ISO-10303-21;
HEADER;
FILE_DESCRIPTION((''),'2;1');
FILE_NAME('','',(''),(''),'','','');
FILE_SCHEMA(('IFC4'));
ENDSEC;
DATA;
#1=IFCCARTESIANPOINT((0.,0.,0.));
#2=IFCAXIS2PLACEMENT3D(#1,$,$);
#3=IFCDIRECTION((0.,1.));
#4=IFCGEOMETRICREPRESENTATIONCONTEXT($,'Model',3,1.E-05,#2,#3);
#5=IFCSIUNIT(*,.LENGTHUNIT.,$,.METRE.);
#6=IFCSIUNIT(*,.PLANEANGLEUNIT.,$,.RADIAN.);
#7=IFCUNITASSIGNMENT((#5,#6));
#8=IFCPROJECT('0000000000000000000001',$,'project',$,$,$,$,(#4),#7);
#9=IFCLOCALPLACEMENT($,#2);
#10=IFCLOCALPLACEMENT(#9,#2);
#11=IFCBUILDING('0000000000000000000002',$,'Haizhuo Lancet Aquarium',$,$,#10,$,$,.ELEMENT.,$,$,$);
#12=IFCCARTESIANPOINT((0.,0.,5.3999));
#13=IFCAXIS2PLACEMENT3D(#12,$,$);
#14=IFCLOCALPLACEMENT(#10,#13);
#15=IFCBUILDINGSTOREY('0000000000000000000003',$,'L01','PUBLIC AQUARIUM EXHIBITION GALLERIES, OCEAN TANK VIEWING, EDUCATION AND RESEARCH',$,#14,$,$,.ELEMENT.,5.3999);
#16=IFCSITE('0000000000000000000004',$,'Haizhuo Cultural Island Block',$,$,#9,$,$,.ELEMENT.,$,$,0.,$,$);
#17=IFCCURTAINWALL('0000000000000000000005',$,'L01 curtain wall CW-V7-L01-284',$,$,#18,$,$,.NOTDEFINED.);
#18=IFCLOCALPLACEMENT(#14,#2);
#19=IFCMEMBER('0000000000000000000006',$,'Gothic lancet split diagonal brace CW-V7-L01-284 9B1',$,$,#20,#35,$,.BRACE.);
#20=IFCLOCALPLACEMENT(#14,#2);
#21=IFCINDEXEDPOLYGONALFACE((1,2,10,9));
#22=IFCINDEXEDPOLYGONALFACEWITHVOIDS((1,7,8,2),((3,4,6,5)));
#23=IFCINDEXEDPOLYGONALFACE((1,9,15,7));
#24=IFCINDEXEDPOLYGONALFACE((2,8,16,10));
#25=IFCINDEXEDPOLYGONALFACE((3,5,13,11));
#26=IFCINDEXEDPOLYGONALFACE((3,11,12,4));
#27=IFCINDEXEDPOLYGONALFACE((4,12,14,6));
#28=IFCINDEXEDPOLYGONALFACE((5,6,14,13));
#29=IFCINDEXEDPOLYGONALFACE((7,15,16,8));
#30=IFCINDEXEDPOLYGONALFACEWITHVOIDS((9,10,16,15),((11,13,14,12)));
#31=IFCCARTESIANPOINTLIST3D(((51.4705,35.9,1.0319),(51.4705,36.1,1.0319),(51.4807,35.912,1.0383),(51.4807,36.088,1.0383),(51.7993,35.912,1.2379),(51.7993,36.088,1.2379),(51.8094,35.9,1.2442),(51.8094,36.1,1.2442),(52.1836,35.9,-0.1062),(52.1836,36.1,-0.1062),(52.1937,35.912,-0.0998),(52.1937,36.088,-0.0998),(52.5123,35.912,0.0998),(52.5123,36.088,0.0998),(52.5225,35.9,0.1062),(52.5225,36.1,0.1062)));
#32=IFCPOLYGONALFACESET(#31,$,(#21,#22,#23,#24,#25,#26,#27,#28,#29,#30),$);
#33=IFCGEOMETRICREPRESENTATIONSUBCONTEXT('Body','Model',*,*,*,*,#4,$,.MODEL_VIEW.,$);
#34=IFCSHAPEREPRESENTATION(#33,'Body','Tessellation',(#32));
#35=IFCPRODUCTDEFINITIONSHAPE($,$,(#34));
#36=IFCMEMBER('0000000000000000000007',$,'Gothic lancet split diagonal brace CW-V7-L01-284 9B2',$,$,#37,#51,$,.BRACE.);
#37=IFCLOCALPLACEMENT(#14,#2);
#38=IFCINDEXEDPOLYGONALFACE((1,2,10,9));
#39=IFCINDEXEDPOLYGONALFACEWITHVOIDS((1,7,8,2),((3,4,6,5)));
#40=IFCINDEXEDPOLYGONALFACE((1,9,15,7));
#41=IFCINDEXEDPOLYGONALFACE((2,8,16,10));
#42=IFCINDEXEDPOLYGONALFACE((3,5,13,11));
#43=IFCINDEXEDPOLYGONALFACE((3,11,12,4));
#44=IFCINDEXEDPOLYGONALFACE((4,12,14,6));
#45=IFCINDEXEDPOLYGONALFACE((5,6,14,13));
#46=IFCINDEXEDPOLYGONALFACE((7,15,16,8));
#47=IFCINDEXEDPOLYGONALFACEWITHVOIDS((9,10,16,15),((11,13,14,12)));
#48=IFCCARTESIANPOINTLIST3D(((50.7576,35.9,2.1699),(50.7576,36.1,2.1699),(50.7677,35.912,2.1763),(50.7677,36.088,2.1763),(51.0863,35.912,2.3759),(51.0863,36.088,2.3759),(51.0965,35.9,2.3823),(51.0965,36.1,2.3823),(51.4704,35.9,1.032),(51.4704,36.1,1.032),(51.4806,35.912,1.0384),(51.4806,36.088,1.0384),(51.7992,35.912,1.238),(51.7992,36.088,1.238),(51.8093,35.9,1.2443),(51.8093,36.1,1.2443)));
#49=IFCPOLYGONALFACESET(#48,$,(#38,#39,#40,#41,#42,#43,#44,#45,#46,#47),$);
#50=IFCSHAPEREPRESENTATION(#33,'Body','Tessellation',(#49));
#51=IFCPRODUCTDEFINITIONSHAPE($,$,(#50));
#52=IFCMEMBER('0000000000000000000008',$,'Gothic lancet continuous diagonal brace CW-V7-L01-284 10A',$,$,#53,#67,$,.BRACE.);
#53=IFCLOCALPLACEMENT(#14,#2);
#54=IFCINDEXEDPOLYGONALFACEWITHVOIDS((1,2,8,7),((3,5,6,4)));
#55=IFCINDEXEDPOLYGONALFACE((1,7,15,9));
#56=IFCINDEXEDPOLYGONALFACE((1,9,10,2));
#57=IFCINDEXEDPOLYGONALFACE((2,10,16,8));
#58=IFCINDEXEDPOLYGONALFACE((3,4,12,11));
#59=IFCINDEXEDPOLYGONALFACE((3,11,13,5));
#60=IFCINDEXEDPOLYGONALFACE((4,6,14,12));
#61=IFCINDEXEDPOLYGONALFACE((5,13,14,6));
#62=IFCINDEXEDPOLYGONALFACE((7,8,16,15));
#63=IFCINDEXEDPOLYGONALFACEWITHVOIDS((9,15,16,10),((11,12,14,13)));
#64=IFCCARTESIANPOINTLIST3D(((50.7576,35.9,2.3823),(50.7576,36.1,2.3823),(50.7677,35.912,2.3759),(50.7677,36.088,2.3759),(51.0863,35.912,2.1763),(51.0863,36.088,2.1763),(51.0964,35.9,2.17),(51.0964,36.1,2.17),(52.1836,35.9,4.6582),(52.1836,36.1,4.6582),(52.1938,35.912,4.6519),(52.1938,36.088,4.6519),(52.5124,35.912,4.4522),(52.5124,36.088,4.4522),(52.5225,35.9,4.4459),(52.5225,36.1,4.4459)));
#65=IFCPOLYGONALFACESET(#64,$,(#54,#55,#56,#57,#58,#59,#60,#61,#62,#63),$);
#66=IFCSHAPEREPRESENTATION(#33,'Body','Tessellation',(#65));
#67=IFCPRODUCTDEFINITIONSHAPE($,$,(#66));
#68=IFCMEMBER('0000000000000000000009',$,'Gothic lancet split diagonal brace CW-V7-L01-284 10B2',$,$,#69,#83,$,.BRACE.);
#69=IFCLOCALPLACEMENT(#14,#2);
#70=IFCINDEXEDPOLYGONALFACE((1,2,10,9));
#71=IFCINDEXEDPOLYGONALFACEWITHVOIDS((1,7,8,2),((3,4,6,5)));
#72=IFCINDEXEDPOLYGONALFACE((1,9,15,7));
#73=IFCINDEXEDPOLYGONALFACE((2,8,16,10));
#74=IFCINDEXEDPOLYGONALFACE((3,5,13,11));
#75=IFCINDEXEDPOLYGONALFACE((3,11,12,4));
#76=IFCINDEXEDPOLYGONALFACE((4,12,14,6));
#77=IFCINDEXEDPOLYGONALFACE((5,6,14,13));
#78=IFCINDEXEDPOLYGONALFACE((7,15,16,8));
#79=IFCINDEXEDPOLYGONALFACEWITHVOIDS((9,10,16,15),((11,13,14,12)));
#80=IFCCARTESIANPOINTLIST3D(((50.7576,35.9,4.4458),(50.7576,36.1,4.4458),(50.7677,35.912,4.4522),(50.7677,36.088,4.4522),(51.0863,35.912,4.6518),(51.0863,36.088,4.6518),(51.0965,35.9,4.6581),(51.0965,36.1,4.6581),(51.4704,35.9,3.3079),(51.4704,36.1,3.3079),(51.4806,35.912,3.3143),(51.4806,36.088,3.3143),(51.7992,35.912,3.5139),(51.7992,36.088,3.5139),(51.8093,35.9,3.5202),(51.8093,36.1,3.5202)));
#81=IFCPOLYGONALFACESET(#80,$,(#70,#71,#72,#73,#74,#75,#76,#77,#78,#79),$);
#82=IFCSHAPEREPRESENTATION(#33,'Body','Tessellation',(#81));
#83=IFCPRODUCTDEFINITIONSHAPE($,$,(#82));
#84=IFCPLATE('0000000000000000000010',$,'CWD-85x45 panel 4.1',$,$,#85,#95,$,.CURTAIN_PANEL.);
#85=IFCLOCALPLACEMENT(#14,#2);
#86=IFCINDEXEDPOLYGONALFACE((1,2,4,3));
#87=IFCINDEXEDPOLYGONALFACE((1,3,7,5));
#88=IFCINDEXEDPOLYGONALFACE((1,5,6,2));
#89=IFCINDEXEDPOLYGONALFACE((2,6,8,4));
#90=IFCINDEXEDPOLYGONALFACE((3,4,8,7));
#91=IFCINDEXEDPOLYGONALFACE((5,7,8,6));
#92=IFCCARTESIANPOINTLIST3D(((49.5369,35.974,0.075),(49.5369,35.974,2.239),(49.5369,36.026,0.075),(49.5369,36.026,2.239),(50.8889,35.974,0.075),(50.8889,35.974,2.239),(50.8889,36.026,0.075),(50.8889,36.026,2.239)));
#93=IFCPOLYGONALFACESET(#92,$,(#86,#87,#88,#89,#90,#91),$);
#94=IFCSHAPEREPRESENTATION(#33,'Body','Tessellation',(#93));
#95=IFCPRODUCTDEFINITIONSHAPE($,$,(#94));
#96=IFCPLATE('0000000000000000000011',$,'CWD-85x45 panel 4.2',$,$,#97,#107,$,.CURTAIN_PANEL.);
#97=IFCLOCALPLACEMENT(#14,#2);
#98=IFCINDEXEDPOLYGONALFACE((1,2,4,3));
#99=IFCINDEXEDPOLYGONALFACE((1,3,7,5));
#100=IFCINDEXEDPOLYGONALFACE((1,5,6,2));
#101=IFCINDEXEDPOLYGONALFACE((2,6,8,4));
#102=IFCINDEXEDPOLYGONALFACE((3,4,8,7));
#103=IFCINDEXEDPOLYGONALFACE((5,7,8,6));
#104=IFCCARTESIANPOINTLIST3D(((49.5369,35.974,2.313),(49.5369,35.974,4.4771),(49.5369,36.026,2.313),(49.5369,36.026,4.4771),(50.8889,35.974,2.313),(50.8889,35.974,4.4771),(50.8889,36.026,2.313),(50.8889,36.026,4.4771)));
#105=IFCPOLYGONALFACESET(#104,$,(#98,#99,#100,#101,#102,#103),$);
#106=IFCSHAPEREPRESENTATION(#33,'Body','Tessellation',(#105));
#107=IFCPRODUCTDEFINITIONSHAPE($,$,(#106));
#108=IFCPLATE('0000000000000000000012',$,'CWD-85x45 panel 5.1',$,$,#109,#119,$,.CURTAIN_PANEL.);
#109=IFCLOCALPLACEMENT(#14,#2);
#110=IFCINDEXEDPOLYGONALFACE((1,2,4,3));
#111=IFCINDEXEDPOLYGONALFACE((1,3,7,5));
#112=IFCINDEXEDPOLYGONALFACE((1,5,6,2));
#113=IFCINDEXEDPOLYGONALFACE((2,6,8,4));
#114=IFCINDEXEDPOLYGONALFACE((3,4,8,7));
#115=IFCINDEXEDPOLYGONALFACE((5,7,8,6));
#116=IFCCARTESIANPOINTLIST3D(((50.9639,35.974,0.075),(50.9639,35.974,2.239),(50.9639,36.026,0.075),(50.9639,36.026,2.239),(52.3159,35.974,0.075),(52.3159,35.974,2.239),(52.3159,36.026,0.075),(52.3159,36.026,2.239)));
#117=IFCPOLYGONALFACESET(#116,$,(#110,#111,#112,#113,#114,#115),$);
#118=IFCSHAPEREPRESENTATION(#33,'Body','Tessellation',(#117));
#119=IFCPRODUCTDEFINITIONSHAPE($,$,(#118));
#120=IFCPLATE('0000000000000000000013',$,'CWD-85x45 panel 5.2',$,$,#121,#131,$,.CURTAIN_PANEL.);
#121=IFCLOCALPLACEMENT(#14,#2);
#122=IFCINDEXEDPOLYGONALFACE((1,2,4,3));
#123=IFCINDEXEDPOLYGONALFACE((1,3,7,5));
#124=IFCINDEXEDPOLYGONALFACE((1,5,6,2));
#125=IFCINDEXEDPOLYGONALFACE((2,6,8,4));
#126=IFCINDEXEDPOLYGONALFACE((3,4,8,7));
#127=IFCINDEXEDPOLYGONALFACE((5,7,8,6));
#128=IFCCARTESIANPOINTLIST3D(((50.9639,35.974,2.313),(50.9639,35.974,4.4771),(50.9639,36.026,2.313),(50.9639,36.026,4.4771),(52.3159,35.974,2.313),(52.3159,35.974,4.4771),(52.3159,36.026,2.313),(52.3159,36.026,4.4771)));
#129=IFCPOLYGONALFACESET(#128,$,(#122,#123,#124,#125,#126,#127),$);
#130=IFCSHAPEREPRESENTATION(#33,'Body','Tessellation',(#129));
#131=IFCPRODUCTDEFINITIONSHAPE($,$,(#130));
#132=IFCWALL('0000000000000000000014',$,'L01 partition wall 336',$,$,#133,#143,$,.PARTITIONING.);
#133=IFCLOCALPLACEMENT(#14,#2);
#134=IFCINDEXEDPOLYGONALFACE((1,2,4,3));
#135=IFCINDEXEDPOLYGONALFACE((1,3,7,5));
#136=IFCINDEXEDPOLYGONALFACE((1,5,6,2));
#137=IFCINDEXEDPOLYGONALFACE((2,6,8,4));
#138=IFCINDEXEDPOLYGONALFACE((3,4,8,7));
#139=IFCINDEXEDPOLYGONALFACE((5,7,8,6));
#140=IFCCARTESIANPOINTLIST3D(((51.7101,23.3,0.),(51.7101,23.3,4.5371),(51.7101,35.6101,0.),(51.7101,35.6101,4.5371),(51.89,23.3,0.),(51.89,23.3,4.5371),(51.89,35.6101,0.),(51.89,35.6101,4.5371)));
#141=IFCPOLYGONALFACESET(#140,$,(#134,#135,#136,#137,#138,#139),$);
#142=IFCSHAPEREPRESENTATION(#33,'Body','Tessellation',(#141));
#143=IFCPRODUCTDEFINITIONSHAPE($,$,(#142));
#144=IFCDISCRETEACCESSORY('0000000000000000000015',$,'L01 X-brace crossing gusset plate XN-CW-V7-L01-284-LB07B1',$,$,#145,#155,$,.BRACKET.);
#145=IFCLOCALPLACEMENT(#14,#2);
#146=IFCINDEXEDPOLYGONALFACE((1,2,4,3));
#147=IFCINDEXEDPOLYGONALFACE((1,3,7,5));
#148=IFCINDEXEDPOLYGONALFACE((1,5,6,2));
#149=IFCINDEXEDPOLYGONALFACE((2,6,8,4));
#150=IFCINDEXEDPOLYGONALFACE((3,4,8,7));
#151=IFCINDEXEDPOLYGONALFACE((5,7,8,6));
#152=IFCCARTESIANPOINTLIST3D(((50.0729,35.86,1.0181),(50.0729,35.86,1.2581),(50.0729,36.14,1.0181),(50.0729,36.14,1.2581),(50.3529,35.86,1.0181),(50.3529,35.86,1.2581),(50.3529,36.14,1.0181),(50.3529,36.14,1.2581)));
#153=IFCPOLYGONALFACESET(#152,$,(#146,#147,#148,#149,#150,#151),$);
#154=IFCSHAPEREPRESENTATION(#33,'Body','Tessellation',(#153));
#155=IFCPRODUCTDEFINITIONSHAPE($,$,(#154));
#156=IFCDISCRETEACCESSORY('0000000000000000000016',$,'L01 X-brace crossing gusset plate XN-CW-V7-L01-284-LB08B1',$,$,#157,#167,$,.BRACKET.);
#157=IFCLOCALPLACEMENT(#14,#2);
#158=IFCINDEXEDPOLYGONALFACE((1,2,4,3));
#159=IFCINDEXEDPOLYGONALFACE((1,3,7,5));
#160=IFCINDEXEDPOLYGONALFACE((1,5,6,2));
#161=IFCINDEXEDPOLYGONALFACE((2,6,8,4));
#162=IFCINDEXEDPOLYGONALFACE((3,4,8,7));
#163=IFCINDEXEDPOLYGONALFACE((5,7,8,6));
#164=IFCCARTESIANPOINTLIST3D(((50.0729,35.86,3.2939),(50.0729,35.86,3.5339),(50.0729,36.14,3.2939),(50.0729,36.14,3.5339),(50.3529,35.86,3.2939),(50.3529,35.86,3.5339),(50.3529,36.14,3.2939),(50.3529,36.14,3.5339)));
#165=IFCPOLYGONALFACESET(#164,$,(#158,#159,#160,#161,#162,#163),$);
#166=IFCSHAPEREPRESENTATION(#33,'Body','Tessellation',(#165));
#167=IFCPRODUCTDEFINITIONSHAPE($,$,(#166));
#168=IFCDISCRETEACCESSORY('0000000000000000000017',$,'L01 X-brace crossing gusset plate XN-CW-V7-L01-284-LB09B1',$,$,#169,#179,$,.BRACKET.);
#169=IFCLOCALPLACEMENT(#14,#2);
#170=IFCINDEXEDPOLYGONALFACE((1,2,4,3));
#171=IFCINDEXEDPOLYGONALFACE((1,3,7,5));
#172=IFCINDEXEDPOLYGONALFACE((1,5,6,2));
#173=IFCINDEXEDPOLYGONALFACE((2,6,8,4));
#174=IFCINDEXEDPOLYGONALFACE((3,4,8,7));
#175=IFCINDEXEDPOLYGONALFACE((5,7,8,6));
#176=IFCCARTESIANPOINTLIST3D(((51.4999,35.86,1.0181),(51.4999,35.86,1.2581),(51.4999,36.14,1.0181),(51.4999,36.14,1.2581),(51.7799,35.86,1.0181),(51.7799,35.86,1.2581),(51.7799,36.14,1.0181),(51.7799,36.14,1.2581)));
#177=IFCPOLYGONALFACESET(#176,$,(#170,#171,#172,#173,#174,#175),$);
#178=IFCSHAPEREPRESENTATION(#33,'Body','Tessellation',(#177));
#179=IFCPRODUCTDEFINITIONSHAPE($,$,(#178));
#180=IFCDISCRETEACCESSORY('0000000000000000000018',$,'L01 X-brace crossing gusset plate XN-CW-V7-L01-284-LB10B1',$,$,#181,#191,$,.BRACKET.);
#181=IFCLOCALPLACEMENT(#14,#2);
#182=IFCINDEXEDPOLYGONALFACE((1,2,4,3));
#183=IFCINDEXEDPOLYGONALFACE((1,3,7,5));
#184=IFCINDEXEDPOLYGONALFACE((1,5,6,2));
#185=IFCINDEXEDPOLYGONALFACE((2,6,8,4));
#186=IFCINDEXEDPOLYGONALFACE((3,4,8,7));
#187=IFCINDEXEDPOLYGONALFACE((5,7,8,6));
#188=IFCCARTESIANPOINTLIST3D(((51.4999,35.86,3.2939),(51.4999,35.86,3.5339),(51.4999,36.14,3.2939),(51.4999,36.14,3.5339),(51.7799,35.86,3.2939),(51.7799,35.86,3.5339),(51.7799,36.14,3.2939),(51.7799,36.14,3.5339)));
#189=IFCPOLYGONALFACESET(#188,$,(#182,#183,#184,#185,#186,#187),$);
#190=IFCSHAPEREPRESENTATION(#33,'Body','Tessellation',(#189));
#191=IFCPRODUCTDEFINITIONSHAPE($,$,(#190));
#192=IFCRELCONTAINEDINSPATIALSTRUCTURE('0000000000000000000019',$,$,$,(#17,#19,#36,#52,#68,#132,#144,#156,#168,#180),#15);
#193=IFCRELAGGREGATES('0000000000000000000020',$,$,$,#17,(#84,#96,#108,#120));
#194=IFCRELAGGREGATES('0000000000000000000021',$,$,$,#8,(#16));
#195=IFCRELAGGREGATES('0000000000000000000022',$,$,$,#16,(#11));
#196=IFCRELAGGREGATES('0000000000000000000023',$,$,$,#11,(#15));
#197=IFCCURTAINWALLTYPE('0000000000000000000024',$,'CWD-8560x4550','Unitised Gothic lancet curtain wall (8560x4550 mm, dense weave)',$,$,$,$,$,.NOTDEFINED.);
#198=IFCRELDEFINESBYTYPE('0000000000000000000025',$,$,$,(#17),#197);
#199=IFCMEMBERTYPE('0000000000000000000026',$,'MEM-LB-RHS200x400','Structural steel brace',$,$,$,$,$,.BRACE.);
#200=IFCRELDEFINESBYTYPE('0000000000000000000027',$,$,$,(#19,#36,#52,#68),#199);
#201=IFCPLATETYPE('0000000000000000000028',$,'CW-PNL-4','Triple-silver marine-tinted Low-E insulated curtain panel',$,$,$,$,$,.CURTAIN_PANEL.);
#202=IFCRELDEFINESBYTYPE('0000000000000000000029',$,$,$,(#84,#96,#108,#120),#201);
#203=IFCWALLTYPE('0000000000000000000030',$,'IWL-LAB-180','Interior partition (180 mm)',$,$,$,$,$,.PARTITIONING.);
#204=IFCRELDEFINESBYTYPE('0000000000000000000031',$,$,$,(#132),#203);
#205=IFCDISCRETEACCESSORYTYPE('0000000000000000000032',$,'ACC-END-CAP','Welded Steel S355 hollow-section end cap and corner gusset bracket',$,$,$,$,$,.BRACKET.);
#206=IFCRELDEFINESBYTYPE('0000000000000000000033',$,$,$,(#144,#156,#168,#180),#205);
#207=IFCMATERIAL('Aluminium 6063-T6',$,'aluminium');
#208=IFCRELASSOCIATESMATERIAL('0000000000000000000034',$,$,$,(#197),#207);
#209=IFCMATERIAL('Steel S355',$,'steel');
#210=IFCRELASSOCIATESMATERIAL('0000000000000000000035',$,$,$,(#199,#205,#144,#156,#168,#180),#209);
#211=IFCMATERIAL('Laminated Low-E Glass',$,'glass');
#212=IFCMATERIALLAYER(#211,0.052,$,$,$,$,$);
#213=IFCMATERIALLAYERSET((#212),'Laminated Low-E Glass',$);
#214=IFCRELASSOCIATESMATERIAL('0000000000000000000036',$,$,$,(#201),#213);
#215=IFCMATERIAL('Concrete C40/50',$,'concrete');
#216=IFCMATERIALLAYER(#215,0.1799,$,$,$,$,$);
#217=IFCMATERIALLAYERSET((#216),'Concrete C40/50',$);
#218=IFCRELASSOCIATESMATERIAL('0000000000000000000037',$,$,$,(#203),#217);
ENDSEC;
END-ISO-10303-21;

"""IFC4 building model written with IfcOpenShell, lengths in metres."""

from ifc_helpers import new_model, si_unit, direction, frame, frame_2d, origin, origin_2d, place, context, subcontext, project, spatial, rectangle, hollow_rectangle, extrude, material, layer, layer_set, material_profile, profile_set, type_object, element, aggregate, save


model = new_model("IFC4")

# Units and contexts
model_context = context("Model", 3, precision=1e-05, world=origin(), true_north=direction((0.0, 1.0)))
body_context = subcontext(model_context, "Body", "Model", "MODEL_VIEW")
ifc_project = project(units=[si_unit("LENGTHUNIT", "METRE"), si_unit("PLANEANGLEUNIT", "RADIAN")], contexts=[model_context])

# Site, building, storey
site_placement = place(None, origin())
site = spatial("IfcSite", under=ifc_project, at=site_placement, Name="Haizhuo Cultural Island Block", CompositionType="ELEMENT", RefElevation=0.0)
building_placement = place(site_placement, origin())
building = spatial("IfcBuilding", under=site, at=building_placement, Name="Haizhuo Lancet Aquarium", CompositionType="ELEMENT")
storey_placement = place(building_placement, frame((0.0, 0.0, 5.3999)))
storey = spatial("IfcBuildingStorey", under=building, at=storey_placement, Name="L01", Description="PUBLIC AQUARIUM EXHIBITION GALLERIES, OCEAN TANK VIEWING, EDUCATION AND RESEARCH", CompositionType="ELEMENT", Elevation=5.3999)

# Curtain wall
ifc_material_1 = material(Name="Aluminium 6063-T6", Category="aluminium")
curtain_wall_type = type_object("IfcCurtainWallType", Name="CWD-8560x4550", Description="Unitised Gothic lancet curtain wall (8560x4550 mm, dense weave)", PredefinedType="NOTDEFINED", material=ifc_material_1)
curtain_wall_placement = place(storey_placement, origin())
curtain_wall = element("IfcCurtainWall", 1, at=curtain_wall_placement, inside=storey, type_object=curtain_wall_type, Name="L01 curtain wall CW-V7-L01-284", PredefinedType="NOTDEFINED")

# Members
ifc_material_2 = material(Name="Steel S355", Category="steel")
ifc_material_profile_1 = material_profile(ifc_material_2, hollow_rectangle(XDim=0.2, YDim=0.3999, WallThickness=0.012, at=origin_2d()), Name="RHS 200x400x12")
ifc_profile_set_1 = profile_set([ifc_material_profile_1], Name="Steel S355")
member_type_1 = type_object("IfcMemberType", Name="MEM-LB-RHS200x400", Description="Structural steel brace", PredefinedType="BRACE", material=ifc_profile_set_1)
member_1_placement = place(storey_placement, frame((52.353, 36.0, 0.0), z_axis=(-0.530946, 0.0, 0.847405), x_axis=(0.0, -1.0, 0.0)))
element("IfcMember", 2, at=member_1_placement, inside=storey, type_object=member_type_1, Name="Gothic lancet split diagonal brace CW-V7-L01-284 9B1", PredefinedType="BRACE", context=body_context, shape_type="SweptSolid", body=[
    extrude(hollow_rectangle(XDim=0.2, YDim=0.3999, WallThickness=0.012, at=origin_2d()), origin(), (0.0, 0.0, 1.0), 1.343),
])
member_2_placement = place(storey_placement, frame((51.6399, 36.0, 1.1382), z_axis=(-0.530897, 0.0, 0.847436), x_axis=(0.0, -1.0, 0.0)))
element("IfcMember", 3, at=member_2_placement, inside=storey, type_object=member_type_1, Name="Gothic lancet split diagonal brace CW-V7-L01-284 9B2", PredefinedType="BRACE", context=body_context, shape_type="SweptSolid", body=[
    extrude(hollow_rectangle(XDim=0.2, YDim=0.3999, WallThickness=0.012, at=origin_2d()), origin(), (0.0, 0.0, 1.0), 1.3428),
])
member_3_placement = place(storey_placement, frame((50.927, 36.0, 2.2761), z_axis=(0.530963, 0.0, 0.847395), x_axis=(0.0, 1.0, 0.0)))
element("IfcMember", 4, at=member_3_placement, inside=storey, type_object=member_type_1, Name="Gothic lancet continuous diagonal brace CW-V7-L01-284 10A", PredefinedType="BRACE", context=body_context, shape_type="SweptSolid", body=[
    extrude(hollow_rectangle(XDim=0.2, YDim=0.3999, WallThickness=0.012, at=origin_2d()), origin(), (0.0, 0.0, 1.0), 2.6858),
])
member_4_placement = place(storey_placement, frame((51.6399, 36.0, 3.4141), z_axis=(-0.530897, 0.0, 0.847436), x_axis=(0.0, -1.0, 0.0)))
element("IfcMember", 5, at=member_4_placement, inside=storey, type_object=member_type_1, Name="Gothic lancet split diagonal brace CW-V7-L01-284 10B2", PredefinedType="BRACE", context=body_context, shape_type="SweptSolid", body=[
    extrude(hollow_rectangle(XDim=0.2, YDim=0.3999, WallThickness=0.012, at=origin_2d()), origin(), (0.0, 0.0, 1.0), 1.3428),
])

# Plates
ifc_material_3 = material(Name="Laminated Low-E Glass", Category="glass")
ifc_layer_1 = layer(ifc_material_3, 0.052)
ifc_layer_set_1 = layer_set([ifc_layer_1], Name="Laminated Low-E Glass")
plate_type = type_object("IfcPlateType", Name="CW-PNL-4", Description="Triple-silver marine-tinted Low-E insulated curtain panel", PredefinedType="CURTAIN_PANEL", material=ifc_layer_set_1)
plate_1_placement = place(storey_placement, frame((50.2129, 36.0, 0.075), z_axis=(0.0, 0.0, 1.0), x_axis=(1.0, 0.0, 0.0)))
plate_1 = element("IfcPlate", 6, at=plate_1_placement, type_object=plate_type, Name="CWD-85x45 panel 4.1", PredefinedType="CURTAIN_PANEL", context=body_context, shape_type="SweptSolid", body=[
    extrude(rectangle(XDim=1.3521, YDim=0.052, at=origin_2d()), origin(), (0.0, 0.0, 1.0), 2.1641),
])
plate_2_placement = place(storey_placement, frame((50.2129, 36.0, 2.313), z_axis=(0.0, 0.0, 1.0), x_axis=(1.0, 0.0, 0.0)))
plate_2 = element("IfcPlate", 7, at=plate_2_placement, type_object=plate_type, Name="CWD-85x45 panel 4.2", PredefinedType="CURTAIN_PANEL", context=body_context, shape_type="SweptSolid", body=[
    extrude(rectangle(XDim=1.3521, YDim=0.052, at=origin_2d()), origin(), (0.0, 0.0, 1.0), 2.1641),
])
plate_3_placement = place(storey_placement, frame((51.6399, 36.0, 0.075), z_axis=(0.0, 0.0, 1.0), x_axis=(1.0, 0.0, 0.0)))
plate_3 = element("IfcPlate", 8, at=plate_3_placement, type_object=plate_type, Name="CWD-85x45 panel 5.1", PredefinedType="CURTAIN_PANEL", context=body_context, shape_type="SweptSolid", body=[
    extrude(rectangle(XDim=1.3521, YDim=0.052, at=origin_2d()), origin(), (0.0, 0.0, 1.0), 2.1641),
])
plate_4_placement = place(storey_placement, frame((51.6399, 36.0, 2.313), z_axis=(0.0, 0.0, 1.0), x_axis=(1.0, 0.0, 0.0)))
plate_4 = element("IfcPlate", 9, at=plate_4_placement, type_object=plate_type, Name="CWD-85x45 panel 5.2", PredefinedType="CURTAIN_PANEL", context=body_context, shape_type="SweptSolid", body=[
    extrude(rectangle(XDim=1.3521, YDim=0.052, at=origin_2d()), origin(), (0.0, 0.0, 1.0), 2.1641),
])
aggregate(curtain_wall, [plate_1, plate_2, plate_3, plate_4])

# Wall
ifc_material_4 = material(Name="Concrete C40/50", Category="concrete")
ifc_layer_2 = layer(ifc_material_4, 0.1799)
ifc_layer_set_2 = layer_set([ifc_layer_2], Name="Concrete C40/50")
wall_type = type_object("IfcWallType", Name="IWL-LAB-180", Description="Interior partition (180 mm)", PredefinedType="PARTITIONING", material=ifc_layer_set_2)
wall_placement = place(storey_placement, frame((51.8, 35.6101, 0.0), z_axis=(0.0, 0.0, 1.0), x_axis=(0.0, -1.0, 0.0)))
element("IfcWall", 10, at=wall_placement, inside=storey, type_object=wall_type, Name="L01 partition wall 336", PredefinedType="PARTITIONING", context=body_context, shape_type="SweptSolid", body=[
    extrude(rectangle(XDim=12.3101, YDim=0.1799, at=frame_2d((6.155, 0.0))), origin(), (0.0, 0.0, 1.0), 4.5371),
])

# Discrete accessories
discrete_accessory_type = type_object("IfcDiscreteAccessoryType", Name="ACC-END-CAP", Description="Welded Steel S355 hollow-section end cap and corner gusset bracket", PredefinedType="BRACKET", material=ifc_material_2)
for number, where, z_axis, x_axis, name in (
    (11, (50.2129, 36.0, 1.0181), (0.0, 0.0, 1.0), (1.0, 0.0, 0.0), "L01 X-brace crossing gusset plate XN-CW-V7-L01-284-LB07B1"),
    (12, (50.2129, 36.0, 3.2939), (0.0, 0.0, 1.0), (1.0, 0.0, 0.0), "L01 X-brace crossing gusset plate XN-CW-V7-L01-284-LB08B1"),
    (13, (51.6399, 36.0, 1.0181), (0.0, 0.0, 1.0), (1.0, 0.0, 0.0), "L01 X-brace crossing gusset plate XN-CW-V7-L01-284-LB09B1"),
    (14, (51.6399, 36.0, 3.2939), (0.0, 0.0, 1.0), (1.0, 0.0, 0.0), "L01 X-brace crossing gusset plate XN-CW-V7-L01-284-LB10B1"),
):
    element("IfcDiscreteAccessory", number, at=place(storey_placement, frame(where, z_axis=z_axis, x_axis=x_axis)), inside=storey, type_object=discrete_accessory_type, material=ifc_material_2, Name=name, PredefinedType="BRACKET", context=body_context, shape_type="SweptSolid", body=[
        extrude(rectangle(XDim=0.28, YDim=0.28, at=origin_2d()), origin(), (0.0, 0.0, 1.0), 0.24),
    ])

save(model, "model.ifc")
